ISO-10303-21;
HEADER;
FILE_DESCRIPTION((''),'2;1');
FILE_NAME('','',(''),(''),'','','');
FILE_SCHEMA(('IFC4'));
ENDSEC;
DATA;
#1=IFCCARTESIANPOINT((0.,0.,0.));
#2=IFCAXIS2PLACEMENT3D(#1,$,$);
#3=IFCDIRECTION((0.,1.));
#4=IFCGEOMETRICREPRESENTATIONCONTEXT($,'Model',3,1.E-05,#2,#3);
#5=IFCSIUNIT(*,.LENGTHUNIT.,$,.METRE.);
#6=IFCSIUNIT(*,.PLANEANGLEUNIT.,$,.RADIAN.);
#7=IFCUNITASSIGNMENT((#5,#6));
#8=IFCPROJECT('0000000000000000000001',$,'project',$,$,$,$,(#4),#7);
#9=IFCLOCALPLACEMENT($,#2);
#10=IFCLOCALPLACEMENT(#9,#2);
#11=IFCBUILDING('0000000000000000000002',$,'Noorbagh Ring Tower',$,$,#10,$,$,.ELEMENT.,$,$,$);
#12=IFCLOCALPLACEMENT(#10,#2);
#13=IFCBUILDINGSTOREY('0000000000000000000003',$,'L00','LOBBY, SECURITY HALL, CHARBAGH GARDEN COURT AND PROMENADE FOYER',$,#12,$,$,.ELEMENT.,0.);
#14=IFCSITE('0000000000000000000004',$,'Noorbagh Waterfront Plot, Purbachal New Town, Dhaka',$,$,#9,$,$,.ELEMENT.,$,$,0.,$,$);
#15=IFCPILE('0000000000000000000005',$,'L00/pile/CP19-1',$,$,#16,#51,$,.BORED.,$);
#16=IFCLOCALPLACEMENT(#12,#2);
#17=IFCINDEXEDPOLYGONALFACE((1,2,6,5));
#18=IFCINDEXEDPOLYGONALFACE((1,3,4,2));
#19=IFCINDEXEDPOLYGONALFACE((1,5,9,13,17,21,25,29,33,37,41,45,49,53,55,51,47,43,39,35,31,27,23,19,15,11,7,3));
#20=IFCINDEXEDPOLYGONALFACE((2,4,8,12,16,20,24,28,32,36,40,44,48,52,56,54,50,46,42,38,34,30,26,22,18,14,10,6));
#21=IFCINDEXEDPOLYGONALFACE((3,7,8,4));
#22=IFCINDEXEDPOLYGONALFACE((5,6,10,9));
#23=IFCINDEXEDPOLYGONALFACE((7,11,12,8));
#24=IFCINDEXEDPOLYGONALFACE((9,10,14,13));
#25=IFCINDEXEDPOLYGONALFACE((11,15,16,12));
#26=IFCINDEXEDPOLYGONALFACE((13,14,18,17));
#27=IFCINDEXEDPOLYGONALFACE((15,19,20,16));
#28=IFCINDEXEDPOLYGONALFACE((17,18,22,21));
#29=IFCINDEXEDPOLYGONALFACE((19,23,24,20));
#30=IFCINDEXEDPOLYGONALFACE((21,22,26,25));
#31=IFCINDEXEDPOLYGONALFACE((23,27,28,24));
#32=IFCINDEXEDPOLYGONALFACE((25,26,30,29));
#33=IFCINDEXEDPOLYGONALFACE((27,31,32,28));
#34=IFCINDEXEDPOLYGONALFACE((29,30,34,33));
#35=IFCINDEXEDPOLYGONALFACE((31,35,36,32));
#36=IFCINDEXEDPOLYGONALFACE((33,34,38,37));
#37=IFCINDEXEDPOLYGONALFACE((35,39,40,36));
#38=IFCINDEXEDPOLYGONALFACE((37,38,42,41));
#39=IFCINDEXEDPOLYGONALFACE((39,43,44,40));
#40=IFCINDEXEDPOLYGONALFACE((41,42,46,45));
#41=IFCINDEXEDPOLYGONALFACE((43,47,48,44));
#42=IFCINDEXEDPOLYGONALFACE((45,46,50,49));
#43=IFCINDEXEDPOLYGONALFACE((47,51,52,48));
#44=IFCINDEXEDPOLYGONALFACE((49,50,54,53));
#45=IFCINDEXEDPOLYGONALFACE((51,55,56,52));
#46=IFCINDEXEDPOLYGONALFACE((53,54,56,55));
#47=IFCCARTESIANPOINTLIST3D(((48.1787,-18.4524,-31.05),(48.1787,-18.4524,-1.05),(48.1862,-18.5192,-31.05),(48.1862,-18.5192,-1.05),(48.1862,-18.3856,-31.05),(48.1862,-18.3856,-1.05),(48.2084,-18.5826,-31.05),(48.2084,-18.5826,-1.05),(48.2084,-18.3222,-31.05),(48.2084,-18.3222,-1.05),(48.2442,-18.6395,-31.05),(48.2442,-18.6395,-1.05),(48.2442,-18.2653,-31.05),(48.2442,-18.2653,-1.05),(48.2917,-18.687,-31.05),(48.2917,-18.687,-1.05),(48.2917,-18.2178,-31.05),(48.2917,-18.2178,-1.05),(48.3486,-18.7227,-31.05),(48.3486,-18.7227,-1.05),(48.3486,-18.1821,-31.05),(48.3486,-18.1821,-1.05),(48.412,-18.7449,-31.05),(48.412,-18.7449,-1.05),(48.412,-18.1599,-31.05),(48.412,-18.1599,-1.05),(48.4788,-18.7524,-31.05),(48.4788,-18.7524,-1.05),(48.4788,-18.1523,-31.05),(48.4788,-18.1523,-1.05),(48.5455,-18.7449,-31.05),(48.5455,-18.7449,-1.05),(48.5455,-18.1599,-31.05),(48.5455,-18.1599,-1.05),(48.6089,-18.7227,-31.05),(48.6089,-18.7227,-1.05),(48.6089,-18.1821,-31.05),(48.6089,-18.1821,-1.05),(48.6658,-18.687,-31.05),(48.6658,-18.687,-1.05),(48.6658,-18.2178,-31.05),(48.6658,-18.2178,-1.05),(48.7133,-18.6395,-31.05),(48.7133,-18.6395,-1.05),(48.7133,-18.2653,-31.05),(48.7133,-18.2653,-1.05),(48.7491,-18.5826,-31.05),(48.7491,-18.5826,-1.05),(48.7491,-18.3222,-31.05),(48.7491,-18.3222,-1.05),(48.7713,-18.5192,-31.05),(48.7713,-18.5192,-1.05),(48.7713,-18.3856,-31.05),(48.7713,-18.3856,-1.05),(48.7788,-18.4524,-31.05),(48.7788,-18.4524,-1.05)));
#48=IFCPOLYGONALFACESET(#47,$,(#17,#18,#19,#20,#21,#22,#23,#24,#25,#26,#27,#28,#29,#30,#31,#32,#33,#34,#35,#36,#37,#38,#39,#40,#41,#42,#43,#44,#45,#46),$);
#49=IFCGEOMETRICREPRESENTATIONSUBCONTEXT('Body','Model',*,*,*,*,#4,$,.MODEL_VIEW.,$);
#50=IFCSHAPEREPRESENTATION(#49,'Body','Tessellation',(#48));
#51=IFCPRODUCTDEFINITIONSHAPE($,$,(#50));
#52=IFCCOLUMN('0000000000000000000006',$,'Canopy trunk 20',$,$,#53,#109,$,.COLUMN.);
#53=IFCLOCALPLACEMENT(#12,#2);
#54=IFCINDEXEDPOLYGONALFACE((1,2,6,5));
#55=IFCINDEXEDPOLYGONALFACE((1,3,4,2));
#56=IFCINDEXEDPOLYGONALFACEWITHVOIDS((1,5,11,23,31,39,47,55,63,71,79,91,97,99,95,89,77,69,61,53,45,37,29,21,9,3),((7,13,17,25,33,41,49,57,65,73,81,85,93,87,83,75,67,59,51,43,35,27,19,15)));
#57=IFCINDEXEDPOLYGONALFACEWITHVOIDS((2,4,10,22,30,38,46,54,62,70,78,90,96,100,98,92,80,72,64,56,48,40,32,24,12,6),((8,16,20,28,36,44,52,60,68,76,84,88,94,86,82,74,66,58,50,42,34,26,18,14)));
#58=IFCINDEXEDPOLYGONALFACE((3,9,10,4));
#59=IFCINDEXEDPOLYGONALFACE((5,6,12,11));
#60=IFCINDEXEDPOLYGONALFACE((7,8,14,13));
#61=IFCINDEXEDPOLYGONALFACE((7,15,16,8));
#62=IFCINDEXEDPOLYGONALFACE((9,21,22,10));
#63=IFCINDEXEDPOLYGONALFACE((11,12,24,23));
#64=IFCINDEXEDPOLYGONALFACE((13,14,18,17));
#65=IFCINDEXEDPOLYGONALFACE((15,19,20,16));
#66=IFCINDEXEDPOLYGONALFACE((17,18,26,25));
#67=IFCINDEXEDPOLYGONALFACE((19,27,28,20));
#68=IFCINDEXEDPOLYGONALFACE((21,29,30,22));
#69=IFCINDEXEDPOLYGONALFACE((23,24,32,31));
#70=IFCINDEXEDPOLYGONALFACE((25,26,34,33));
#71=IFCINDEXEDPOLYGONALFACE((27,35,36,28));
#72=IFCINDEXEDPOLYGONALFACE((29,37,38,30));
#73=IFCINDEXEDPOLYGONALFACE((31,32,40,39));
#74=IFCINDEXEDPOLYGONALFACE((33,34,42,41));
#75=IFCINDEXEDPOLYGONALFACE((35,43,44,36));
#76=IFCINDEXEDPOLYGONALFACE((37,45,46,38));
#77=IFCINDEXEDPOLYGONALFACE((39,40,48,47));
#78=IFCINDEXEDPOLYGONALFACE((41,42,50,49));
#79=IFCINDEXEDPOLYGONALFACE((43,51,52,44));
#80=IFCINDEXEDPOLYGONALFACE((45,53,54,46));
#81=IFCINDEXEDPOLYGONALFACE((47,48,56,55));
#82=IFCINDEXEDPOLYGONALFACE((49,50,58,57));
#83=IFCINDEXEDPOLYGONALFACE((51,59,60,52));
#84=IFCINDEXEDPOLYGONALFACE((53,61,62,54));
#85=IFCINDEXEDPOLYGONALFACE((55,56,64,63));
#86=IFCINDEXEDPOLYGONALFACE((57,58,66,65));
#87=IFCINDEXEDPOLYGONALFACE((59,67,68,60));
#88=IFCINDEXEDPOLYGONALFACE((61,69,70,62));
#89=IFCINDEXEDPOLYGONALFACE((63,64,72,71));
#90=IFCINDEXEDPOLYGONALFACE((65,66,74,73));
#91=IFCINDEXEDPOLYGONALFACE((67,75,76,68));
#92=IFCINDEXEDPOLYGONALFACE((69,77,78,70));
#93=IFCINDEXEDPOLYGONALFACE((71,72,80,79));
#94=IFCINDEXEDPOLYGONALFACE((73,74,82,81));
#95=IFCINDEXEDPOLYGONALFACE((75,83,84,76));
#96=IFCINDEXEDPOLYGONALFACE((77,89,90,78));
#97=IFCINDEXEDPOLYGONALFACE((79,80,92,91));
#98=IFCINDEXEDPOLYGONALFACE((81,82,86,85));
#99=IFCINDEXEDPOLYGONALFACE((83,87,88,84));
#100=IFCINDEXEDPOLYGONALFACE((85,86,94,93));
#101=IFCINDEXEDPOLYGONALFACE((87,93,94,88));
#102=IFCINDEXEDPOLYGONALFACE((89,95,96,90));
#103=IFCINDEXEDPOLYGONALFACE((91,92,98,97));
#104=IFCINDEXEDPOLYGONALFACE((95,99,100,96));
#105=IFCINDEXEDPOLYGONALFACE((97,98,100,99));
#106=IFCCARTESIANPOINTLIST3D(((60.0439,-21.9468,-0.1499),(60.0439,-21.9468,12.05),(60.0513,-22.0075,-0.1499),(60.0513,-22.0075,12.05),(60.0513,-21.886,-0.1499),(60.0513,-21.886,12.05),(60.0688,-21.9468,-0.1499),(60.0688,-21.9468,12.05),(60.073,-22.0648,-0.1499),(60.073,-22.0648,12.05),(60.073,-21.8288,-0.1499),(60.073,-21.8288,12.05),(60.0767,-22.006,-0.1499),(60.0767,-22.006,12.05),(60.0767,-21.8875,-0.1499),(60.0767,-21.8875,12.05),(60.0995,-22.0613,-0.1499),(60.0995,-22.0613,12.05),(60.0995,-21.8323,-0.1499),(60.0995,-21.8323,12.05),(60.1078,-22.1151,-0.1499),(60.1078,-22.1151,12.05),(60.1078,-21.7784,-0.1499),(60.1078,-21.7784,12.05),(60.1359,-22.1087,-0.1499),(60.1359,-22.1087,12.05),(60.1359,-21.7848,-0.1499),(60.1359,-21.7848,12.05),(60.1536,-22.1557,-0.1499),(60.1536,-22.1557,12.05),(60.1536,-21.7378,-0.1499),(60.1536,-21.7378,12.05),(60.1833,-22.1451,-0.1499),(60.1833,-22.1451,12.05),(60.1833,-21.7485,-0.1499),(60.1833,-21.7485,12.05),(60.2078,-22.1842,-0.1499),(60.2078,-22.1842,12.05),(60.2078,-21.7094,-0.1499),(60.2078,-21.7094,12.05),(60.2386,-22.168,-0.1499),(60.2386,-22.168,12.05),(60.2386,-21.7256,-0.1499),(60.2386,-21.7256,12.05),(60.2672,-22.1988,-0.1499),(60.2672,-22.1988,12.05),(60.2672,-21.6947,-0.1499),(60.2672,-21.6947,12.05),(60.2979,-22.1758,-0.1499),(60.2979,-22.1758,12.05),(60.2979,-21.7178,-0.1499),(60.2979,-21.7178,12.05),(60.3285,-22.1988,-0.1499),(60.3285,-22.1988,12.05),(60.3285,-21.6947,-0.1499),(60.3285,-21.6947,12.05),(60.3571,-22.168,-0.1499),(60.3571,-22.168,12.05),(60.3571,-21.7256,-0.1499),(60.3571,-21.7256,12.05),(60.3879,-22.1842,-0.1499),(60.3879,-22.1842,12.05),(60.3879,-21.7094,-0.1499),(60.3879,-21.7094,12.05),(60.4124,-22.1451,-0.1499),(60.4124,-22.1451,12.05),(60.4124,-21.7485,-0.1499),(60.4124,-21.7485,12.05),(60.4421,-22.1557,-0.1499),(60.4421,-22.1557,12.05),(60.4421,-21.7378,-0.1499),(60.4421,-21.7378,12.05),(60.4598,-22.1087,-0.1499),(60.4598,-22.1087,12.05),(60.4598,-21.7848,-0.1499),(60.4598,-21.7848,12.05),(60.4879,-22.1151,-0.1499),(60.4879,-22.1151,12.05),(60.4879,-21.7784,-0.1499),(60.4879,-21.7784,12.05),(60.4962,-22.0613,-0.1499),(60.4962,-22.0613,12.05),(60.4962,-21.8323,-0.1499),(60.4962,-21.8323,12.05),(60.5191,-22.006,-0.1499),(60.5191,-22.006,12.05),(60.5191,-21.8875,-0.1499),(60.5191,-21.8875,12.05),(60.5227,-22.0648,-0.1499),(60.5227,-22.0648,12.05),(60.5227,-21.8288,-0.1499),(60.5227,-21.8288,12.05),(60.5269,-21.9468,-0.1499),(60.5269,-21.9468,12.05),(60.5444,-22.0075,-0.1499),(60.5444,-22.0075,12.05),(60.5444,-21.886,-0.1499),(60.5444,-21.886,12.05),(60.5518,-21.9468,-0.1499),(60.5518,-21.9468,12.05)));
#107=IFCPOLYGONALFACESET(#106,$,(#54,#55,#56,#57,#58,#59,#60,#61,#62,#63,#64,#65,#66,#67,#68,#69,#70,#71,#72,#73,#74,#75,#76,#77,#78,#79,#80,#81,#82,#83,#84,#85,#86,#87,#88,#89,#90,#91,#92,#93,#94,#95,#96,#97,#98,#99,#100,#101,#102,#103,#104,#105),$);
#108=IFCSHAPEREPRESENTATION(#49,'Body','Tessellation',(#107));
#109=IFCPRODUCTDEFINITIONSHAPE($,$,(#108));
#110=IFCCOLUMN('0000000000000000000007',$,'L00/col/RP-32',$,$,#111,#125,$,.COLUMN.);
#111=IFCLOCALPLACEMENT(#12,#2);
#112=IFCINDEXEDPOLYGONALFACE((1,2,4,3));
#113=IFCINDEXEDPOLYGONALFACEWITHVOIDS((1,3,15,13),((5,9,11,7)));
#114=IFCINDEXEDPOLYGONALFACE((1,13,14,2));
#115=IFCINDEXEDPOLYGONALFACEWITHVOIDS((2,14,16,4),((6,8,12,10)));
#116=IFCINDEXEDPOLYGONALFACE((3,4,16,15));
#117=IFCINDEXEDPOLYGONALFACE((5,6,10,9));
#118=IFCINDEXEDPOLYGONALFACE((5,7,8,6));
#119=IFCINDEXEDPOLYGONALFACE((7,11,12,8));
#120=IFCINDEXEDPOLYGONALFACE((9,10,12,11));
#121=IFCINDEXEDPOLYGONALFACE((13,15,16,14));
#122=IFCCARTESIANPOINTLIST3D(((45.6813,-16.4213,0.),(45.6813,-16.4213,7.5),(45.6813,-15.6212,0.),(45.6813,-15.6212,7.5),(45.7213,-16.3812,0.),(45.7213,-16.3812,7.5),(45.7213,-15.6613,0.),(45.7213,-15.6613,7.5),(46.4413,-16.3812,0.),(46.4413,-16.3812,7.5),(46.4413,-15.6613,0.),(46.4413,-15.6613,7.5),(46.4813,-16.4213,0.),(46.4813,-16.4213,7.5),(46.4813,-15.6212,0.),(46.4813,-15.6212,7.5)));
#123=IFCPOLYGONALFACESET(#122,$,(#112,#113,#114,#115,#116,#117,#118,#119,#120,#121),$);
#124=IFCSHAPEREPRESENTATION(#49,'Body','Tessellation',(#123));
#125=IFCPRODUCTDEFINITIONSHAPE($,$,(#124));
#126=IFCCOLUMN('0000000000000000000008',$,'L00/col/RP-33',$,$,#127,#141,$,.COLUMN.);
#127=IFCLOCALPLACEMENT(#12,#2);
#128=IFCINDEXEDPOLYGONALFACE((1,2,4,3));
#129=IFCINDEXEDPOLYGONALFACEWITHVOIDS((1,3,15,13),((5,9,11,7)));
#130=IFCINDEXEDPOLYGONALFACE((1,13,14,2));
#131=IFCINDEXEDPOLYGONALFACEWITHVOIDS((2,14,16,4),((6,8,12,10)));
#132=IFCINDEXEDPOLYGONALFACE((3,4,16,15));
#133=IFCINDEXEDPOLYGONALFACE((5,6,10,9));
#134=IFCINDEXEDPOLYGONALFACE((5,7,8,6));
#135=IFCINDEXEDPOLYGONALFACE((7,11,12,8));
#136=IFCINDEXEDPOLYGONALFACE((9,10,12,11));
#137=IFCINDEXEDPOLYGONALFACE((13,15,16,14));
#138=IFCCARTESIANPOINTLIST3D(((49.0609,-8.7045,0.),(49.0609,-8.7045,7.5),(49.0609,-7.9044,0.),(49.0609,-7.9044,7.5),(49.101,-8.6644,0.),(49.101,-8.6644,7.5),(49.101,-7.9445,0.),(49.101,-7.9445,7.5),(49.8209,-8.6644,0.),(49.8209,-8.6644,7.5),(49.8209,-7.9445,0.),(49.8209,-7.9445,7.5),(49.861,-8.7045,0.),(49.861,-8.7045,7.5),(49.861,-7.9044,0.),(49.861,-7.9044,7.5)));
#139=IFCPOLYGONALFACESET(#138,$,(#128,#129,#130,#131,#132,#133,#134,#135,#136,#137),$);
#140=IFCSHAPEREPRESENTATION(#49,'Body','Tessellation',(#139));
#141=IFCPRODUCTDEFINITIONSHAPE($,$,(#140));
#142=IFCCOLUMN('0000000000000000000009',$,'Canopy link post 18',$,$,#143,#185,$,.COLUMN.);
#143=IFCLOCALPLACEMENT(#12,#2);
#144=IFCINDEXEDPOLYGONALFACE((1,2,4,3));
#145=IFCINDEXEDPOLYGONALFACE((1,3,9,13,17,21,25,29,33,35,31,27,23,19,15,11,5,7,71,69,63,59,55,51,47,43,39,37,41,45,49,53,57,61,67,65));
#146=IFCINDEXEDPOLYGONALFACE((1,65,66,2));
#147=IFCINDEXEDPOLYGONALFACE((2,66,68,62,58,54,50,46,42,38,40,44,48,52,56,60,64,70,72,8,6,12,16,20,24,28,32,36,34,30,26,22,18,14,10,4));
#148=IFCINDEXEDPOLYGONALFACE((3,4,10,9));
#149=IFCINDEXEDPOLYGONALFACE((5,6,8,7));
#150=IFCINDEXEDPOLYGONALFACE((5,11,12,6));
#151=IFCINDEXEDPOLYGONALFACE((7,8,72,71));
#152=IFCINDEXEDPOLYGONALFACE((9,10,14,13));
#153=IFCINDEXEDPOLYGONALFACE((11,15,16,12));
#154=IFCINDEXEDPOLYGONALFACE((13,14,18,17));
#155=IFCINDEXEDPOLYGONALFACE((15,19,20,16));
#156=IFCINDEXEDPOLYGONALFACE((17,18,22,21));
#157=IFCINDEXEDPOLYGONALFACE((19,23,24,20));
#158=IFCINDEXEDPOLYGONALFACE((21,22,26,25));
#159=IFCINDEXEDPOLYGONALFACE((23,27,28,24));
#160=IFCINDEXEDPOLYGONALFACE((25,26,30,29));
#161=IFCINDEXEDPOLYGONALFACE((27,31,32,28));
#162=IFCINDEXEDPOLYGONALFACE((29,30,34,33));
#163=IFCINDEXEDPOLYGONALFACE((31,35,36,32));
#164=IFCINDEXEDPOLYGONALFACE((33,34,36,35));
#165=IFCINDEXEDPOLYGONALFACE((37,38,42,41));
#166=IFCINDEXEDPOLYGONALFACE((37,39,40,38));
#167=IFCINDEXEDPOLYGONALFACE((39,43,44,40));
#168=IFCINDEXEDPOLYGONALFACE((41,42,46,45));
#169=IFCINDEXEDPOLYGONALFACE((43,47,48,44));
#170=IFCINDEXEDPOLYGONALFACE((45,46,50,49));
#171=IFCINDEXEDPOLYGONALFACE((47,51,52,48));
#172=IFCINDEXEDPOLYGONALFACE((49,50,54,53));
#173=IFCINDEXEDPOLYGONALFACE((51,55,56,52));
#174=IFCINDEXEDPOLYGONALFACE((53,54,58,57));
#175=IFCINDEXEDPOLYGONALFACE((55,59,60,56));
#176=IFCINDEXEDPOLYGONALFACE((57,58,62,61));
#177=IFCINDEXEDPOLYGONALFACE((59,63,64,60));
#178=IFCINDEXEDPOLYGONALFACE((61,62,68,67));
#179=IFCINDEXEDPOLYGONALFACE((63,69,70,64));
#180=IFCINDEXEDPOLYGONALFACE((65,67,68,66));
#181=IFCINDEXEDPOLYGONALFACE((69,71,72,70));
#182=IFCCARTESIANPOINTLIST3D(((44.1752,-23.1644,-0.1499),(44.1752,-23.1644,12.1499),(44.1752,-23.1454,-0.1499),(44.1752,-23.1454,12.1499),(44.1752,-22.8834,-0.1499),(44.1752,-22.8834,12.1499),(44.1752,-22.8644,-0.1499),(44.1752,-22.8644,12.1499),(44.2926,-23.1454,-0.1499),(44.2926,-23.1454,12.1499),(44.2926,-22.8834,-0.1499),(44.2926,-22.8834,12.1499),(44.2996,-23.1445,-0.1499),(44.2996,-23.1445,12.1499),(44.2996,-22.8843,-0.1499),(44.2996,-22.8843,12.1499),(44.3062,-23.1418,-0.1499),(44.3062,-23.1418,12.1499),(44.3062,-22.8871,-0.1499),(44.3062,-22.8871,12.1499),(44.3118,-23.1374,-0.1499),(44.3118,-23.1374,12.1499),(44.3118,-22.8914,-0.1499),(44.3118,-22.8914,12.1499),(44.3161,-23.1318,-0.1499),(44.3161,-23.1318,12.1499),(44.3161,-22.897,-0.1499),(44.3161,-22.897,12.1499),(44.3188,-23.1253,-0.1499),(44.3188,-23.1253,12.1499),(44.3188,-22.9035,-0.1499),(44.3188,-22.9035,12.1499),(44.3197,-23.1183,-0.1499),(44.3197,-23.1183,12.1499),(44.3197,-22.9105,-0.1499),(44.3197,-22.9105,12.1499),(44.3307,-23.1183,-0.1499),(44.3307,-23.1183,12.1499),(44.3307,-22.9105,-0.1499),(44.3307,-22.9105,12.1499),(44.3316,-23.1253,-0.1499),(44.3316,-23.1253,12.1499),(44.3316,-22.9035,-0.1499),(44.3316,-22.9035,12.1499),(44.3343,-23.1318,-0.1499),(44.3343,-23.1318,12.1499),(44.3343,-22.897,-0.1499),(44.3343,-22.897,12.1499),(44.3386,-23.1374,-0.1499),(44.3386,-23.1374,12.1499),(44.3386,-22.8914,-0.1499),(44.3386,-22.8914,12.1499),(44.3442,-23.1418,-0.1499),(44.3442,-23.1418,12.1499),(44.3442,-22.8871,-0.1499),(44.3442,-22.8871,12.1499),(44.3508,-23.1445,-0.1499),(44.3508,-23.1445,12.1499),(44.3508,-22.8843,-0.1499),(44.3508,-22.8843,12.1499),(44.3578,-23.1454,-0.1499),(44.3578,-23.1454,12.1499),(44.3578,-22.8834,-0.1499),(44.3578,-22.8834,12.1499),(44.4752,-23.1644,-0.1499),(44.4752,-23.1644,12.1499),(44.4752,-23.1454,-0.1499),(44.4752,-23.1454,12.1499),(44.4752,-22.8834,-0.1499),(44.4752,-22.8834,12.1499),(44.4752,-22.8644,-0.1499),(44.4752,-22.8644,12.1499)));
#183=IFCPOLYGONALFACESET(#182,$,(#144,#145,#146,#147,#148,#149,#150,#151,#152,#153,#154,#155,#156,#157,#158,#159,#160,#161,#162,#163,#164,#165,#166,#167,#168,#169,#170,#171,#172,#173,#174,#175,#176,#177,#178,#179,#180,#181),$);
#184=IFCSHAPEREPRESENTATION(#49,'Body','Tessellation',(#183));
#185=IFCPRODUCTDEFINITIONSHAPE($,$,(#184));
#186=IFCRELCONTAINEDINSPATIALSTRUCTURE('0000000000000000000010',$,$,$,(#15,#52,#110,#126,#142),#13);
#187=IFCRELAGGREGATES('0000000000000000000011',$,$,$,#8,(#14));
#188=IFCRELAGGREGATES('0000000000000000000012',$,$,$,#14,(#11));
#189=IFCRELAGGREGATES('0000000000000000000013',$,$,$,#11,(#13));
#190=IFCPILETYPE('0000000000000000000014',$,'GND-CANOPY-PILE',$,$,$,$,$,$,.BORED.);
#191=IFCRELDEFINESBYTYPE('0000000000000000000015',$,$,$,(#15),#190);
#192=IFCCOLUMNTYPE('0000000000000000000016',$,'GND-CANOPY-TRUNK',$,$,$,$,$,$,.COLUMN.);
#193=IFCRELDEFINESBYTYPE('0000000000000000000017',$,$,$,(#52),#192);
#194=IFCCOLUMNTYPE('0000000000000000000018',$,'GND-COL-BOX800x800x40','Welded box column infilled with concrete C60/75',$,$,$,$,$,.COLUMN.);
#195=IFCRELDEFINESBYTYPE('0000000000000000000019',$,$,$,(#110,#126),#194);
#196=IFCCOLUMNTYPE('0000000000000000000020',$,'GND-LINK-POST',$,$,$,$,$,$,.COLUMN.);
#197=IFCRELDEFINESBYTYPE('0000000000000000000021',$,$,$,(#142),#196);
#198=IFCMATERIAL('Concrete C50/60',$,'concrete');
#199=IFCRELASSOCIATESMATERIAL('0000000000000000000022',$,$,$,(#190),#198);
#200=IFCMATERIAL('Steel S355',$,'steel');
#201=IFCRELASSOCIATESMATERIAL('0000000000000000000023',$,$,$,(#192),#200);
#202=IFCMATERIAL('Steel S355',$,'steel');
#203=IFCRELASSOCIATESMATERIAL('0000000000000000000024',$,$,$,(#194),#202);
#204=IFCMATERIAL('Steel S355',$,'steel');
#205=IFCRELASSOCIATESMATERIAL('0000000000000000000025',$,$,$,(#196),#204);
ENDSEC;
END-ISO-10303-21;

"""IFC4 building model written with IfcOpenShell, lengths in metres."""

from ifc_helpers import new_model, si_unit, direction, frame, origin, origin_2d, place, context, subcontext, project, spatial, hollow_rectangle, circle, hollow_circle, i_section, extrude, material, material_profile, profile_set, type_object, element, save


model = new_model("IFC4")

# Units and contexts
model_context = context("Model", 3, precision=1e-05, world=origin(), true_north=direction((0.0, 1.0)))
body_context = subcontext(model_context, "Body", "Model", "MODEL_VIEW")
ifc_project = project(units=[si_unit("LENGTHUNIT", "METRE"), si_unit("PLANEANGLEUNIT", "RADIAN")], contexts=[model_context])

# Site, building, storey
site_placement = place(None, origin())
site = spatial("IfcSite", under=ifc_project, at=site_placement, Name="Noorbagh Waterfront Plot, Purbachal New Town, Dhaka", CompositionType="ELEMENT", RefElevation=0.0)
building_placement = place(site_placement, origin())
building = spatial("IfcBuilding", under=site, at=building_placement, Name="Noorbagh Ring Tower", CompositionType="ELEMENT")
storey_placement = place(building_placement, origin())
storey = spatial("IfcBuildingStorey", under=building, at=storey_placement, Name="L00", Description="LOBBY, SECURITY HALL, CHARBAGH GARDEN COURT AND PROMENADE FOYER", CompositionType="ELEMENT", Elevation=0.0)

# Pile
ifc_material_1 = material(Name="Concrete C50/60", Category="concrete")
ifc_material_profile_1 = material_profile(ifc_material_1, circle(Radius=0.3, at=origin_2d()), Name="PILE600")
ifc_profile_set_1 = profile_set([ifc_material_profile_1], Name="Concrete C50/60")
pile_type = type_object("IfcPileType", Name="GND-CANOPY-PILE", PredefinedType="BORED", material=ifc_profile_set_1)
for number, where, z_axis, x_axis, name in (
    (1, (48.4788, -18.4524, -1.05), (0.0, 0.0, -1.0), (1.0, 0.0, 0.0), "L00/pile/CP19-1"),
):
    element("IfcPile", number, at=place(storey_placement, frame(where, z_axis=z_axis, x_axis=x_axis)), inside=storey, type_object=pile_type, Name=name, PredefinedType="BORED", context=body_context, shape_type="SweptSolid", body=[
        extrude(circle(Radius=0.3, at=origin_2d()), origin(), (0.0, 0.0, 1.0), 30.0),
    ])

# Columns
ifc_material_2 = material(Name="Steel S355", Category="steel")
ifc_material_profile_2 = material_profile(ifc_material_2, hollow_circle(Radius=0.2539, WallThickness=0.0249, at=origin_2d()), Name="CHS508x25")
ifc_profile_set_2 = profile_set([ifc_material_profile_2], Name="Steel S355")
column_type_1 = type_object("IfcColumnType", Name="GND-CANOPY-TRUNK", PredefinedType="COLUMN", material=ifc_profile_set_2)
column_placement = place(storey_placement, frame((60.2979, -21.9468, -0.1499), z_axis=(0.0, 0.0, 1.0), x_axis=(1.0, 0.0, 0.0)))
element("IfcColumn", 2, at=column_placement, inside=storey, type_object=column_type_1, Name="Canopy trunk 20", PredefinedType="COLUMN", context=body_context, shape_type="SweptSolid", body=[
    extrude(hollow_circle(Radius=0.2539, WallThickness=0.0249, at=origin_2d()), origin(), (0.0, 0.0, 1.0), 12.2),
])
ifc_material_3 = material(Name="Steel S355", Category="steel")
ifc_material_profile_3 = material_profile(ifc_material_3, hollow_rectangle(XDim=0.8, YDim=0.8, WallThickness=0.04, at=origin_2d()), Name="BOX800x800x40")
ifc_profile_set_3 = profile_set([ifc_material_profile_3], Name="Steel S355")
column_type_2 = type_object("IfcColumnType", Name="GND-COL-BOX800x800x40", Description="Welded box column infilled with concrete C60/75", PredefinedType="COLUMN", material=ifc_profile_set_3)
for number, where, z_axis, x_axis, name in (
    (3, (46.0813, -16.0212, 0.0), (0.0, 0.0, 1.0), (1.0, 0.0, 0.0), "L00/col/RP-32"),
    (4, (49.4609, -8.3044, 0.0), (0.0, 0.0, 1.0), (1.0, 0.0, 0.0), "L00/col/RP-33"),
):
    element("IfcColumn", number, at=place(storey_placement, frame(where, z_axis=z_axis, x_axis=x_axis)), inside=storey, type_object=column_type_2, Name=name, PredefinedType="COLUMN", context=body_context, shape_type="SweptSolid", body=[
        extrude(hollow_rectangle(XDim=0.8, YDim=0.8, WallThickness=0.04, at=origin_2d()), origin(), (0.0, 0.0, 1.0), 7.5),
    ])
ifc_material_4 = material(Name="Steel S355", Category="steel")
ifc_material_profile_4 = material_profile(ifc_material_4, i_section(OverallWidth=0.3, OverallDepth=0.3, WebThickness=0.011, FlangeThickness=0.019, FilletRadius=0.0271, at=origin_2d()), Name="HEB300")
ifc_profile_set_4 = profile_set([ifc_material_profile_4], Name="Steel S355")
column_type_3 = type_object("IfcColumnType", Name="GND-LINK-POST", PredefinedType="COLUMN", material=ifc_profile_set_4)
for number, where, z_axis, x_axis, name in (
    (5, (44.3252, -23.0144, -0.1499), (0.0, 0.0, 1.0), (1.0, 0.0, 0.0), "Canopy link post 18"),
):
    element("IfcColumn", number, at=place(storey_placement, frame(where, z_axis=z_axis, x_axis=x_axis)), inside=storey, type_object=column_type_3, Name=name, PredefinedType="COLUMN", context=body_context, shape_type="SweptSolid", body=[
        extrude(i_section(OverallWidth=0.3, OverallDepth=0.3, WebThickness=0.011, FlangeThickness=0.019, FilletRadius=0.0271, at=origin_2d()), origin(), (0.0, 0.0, 1.0), 12.2998),
    ])

save(model, "model.ifc")
